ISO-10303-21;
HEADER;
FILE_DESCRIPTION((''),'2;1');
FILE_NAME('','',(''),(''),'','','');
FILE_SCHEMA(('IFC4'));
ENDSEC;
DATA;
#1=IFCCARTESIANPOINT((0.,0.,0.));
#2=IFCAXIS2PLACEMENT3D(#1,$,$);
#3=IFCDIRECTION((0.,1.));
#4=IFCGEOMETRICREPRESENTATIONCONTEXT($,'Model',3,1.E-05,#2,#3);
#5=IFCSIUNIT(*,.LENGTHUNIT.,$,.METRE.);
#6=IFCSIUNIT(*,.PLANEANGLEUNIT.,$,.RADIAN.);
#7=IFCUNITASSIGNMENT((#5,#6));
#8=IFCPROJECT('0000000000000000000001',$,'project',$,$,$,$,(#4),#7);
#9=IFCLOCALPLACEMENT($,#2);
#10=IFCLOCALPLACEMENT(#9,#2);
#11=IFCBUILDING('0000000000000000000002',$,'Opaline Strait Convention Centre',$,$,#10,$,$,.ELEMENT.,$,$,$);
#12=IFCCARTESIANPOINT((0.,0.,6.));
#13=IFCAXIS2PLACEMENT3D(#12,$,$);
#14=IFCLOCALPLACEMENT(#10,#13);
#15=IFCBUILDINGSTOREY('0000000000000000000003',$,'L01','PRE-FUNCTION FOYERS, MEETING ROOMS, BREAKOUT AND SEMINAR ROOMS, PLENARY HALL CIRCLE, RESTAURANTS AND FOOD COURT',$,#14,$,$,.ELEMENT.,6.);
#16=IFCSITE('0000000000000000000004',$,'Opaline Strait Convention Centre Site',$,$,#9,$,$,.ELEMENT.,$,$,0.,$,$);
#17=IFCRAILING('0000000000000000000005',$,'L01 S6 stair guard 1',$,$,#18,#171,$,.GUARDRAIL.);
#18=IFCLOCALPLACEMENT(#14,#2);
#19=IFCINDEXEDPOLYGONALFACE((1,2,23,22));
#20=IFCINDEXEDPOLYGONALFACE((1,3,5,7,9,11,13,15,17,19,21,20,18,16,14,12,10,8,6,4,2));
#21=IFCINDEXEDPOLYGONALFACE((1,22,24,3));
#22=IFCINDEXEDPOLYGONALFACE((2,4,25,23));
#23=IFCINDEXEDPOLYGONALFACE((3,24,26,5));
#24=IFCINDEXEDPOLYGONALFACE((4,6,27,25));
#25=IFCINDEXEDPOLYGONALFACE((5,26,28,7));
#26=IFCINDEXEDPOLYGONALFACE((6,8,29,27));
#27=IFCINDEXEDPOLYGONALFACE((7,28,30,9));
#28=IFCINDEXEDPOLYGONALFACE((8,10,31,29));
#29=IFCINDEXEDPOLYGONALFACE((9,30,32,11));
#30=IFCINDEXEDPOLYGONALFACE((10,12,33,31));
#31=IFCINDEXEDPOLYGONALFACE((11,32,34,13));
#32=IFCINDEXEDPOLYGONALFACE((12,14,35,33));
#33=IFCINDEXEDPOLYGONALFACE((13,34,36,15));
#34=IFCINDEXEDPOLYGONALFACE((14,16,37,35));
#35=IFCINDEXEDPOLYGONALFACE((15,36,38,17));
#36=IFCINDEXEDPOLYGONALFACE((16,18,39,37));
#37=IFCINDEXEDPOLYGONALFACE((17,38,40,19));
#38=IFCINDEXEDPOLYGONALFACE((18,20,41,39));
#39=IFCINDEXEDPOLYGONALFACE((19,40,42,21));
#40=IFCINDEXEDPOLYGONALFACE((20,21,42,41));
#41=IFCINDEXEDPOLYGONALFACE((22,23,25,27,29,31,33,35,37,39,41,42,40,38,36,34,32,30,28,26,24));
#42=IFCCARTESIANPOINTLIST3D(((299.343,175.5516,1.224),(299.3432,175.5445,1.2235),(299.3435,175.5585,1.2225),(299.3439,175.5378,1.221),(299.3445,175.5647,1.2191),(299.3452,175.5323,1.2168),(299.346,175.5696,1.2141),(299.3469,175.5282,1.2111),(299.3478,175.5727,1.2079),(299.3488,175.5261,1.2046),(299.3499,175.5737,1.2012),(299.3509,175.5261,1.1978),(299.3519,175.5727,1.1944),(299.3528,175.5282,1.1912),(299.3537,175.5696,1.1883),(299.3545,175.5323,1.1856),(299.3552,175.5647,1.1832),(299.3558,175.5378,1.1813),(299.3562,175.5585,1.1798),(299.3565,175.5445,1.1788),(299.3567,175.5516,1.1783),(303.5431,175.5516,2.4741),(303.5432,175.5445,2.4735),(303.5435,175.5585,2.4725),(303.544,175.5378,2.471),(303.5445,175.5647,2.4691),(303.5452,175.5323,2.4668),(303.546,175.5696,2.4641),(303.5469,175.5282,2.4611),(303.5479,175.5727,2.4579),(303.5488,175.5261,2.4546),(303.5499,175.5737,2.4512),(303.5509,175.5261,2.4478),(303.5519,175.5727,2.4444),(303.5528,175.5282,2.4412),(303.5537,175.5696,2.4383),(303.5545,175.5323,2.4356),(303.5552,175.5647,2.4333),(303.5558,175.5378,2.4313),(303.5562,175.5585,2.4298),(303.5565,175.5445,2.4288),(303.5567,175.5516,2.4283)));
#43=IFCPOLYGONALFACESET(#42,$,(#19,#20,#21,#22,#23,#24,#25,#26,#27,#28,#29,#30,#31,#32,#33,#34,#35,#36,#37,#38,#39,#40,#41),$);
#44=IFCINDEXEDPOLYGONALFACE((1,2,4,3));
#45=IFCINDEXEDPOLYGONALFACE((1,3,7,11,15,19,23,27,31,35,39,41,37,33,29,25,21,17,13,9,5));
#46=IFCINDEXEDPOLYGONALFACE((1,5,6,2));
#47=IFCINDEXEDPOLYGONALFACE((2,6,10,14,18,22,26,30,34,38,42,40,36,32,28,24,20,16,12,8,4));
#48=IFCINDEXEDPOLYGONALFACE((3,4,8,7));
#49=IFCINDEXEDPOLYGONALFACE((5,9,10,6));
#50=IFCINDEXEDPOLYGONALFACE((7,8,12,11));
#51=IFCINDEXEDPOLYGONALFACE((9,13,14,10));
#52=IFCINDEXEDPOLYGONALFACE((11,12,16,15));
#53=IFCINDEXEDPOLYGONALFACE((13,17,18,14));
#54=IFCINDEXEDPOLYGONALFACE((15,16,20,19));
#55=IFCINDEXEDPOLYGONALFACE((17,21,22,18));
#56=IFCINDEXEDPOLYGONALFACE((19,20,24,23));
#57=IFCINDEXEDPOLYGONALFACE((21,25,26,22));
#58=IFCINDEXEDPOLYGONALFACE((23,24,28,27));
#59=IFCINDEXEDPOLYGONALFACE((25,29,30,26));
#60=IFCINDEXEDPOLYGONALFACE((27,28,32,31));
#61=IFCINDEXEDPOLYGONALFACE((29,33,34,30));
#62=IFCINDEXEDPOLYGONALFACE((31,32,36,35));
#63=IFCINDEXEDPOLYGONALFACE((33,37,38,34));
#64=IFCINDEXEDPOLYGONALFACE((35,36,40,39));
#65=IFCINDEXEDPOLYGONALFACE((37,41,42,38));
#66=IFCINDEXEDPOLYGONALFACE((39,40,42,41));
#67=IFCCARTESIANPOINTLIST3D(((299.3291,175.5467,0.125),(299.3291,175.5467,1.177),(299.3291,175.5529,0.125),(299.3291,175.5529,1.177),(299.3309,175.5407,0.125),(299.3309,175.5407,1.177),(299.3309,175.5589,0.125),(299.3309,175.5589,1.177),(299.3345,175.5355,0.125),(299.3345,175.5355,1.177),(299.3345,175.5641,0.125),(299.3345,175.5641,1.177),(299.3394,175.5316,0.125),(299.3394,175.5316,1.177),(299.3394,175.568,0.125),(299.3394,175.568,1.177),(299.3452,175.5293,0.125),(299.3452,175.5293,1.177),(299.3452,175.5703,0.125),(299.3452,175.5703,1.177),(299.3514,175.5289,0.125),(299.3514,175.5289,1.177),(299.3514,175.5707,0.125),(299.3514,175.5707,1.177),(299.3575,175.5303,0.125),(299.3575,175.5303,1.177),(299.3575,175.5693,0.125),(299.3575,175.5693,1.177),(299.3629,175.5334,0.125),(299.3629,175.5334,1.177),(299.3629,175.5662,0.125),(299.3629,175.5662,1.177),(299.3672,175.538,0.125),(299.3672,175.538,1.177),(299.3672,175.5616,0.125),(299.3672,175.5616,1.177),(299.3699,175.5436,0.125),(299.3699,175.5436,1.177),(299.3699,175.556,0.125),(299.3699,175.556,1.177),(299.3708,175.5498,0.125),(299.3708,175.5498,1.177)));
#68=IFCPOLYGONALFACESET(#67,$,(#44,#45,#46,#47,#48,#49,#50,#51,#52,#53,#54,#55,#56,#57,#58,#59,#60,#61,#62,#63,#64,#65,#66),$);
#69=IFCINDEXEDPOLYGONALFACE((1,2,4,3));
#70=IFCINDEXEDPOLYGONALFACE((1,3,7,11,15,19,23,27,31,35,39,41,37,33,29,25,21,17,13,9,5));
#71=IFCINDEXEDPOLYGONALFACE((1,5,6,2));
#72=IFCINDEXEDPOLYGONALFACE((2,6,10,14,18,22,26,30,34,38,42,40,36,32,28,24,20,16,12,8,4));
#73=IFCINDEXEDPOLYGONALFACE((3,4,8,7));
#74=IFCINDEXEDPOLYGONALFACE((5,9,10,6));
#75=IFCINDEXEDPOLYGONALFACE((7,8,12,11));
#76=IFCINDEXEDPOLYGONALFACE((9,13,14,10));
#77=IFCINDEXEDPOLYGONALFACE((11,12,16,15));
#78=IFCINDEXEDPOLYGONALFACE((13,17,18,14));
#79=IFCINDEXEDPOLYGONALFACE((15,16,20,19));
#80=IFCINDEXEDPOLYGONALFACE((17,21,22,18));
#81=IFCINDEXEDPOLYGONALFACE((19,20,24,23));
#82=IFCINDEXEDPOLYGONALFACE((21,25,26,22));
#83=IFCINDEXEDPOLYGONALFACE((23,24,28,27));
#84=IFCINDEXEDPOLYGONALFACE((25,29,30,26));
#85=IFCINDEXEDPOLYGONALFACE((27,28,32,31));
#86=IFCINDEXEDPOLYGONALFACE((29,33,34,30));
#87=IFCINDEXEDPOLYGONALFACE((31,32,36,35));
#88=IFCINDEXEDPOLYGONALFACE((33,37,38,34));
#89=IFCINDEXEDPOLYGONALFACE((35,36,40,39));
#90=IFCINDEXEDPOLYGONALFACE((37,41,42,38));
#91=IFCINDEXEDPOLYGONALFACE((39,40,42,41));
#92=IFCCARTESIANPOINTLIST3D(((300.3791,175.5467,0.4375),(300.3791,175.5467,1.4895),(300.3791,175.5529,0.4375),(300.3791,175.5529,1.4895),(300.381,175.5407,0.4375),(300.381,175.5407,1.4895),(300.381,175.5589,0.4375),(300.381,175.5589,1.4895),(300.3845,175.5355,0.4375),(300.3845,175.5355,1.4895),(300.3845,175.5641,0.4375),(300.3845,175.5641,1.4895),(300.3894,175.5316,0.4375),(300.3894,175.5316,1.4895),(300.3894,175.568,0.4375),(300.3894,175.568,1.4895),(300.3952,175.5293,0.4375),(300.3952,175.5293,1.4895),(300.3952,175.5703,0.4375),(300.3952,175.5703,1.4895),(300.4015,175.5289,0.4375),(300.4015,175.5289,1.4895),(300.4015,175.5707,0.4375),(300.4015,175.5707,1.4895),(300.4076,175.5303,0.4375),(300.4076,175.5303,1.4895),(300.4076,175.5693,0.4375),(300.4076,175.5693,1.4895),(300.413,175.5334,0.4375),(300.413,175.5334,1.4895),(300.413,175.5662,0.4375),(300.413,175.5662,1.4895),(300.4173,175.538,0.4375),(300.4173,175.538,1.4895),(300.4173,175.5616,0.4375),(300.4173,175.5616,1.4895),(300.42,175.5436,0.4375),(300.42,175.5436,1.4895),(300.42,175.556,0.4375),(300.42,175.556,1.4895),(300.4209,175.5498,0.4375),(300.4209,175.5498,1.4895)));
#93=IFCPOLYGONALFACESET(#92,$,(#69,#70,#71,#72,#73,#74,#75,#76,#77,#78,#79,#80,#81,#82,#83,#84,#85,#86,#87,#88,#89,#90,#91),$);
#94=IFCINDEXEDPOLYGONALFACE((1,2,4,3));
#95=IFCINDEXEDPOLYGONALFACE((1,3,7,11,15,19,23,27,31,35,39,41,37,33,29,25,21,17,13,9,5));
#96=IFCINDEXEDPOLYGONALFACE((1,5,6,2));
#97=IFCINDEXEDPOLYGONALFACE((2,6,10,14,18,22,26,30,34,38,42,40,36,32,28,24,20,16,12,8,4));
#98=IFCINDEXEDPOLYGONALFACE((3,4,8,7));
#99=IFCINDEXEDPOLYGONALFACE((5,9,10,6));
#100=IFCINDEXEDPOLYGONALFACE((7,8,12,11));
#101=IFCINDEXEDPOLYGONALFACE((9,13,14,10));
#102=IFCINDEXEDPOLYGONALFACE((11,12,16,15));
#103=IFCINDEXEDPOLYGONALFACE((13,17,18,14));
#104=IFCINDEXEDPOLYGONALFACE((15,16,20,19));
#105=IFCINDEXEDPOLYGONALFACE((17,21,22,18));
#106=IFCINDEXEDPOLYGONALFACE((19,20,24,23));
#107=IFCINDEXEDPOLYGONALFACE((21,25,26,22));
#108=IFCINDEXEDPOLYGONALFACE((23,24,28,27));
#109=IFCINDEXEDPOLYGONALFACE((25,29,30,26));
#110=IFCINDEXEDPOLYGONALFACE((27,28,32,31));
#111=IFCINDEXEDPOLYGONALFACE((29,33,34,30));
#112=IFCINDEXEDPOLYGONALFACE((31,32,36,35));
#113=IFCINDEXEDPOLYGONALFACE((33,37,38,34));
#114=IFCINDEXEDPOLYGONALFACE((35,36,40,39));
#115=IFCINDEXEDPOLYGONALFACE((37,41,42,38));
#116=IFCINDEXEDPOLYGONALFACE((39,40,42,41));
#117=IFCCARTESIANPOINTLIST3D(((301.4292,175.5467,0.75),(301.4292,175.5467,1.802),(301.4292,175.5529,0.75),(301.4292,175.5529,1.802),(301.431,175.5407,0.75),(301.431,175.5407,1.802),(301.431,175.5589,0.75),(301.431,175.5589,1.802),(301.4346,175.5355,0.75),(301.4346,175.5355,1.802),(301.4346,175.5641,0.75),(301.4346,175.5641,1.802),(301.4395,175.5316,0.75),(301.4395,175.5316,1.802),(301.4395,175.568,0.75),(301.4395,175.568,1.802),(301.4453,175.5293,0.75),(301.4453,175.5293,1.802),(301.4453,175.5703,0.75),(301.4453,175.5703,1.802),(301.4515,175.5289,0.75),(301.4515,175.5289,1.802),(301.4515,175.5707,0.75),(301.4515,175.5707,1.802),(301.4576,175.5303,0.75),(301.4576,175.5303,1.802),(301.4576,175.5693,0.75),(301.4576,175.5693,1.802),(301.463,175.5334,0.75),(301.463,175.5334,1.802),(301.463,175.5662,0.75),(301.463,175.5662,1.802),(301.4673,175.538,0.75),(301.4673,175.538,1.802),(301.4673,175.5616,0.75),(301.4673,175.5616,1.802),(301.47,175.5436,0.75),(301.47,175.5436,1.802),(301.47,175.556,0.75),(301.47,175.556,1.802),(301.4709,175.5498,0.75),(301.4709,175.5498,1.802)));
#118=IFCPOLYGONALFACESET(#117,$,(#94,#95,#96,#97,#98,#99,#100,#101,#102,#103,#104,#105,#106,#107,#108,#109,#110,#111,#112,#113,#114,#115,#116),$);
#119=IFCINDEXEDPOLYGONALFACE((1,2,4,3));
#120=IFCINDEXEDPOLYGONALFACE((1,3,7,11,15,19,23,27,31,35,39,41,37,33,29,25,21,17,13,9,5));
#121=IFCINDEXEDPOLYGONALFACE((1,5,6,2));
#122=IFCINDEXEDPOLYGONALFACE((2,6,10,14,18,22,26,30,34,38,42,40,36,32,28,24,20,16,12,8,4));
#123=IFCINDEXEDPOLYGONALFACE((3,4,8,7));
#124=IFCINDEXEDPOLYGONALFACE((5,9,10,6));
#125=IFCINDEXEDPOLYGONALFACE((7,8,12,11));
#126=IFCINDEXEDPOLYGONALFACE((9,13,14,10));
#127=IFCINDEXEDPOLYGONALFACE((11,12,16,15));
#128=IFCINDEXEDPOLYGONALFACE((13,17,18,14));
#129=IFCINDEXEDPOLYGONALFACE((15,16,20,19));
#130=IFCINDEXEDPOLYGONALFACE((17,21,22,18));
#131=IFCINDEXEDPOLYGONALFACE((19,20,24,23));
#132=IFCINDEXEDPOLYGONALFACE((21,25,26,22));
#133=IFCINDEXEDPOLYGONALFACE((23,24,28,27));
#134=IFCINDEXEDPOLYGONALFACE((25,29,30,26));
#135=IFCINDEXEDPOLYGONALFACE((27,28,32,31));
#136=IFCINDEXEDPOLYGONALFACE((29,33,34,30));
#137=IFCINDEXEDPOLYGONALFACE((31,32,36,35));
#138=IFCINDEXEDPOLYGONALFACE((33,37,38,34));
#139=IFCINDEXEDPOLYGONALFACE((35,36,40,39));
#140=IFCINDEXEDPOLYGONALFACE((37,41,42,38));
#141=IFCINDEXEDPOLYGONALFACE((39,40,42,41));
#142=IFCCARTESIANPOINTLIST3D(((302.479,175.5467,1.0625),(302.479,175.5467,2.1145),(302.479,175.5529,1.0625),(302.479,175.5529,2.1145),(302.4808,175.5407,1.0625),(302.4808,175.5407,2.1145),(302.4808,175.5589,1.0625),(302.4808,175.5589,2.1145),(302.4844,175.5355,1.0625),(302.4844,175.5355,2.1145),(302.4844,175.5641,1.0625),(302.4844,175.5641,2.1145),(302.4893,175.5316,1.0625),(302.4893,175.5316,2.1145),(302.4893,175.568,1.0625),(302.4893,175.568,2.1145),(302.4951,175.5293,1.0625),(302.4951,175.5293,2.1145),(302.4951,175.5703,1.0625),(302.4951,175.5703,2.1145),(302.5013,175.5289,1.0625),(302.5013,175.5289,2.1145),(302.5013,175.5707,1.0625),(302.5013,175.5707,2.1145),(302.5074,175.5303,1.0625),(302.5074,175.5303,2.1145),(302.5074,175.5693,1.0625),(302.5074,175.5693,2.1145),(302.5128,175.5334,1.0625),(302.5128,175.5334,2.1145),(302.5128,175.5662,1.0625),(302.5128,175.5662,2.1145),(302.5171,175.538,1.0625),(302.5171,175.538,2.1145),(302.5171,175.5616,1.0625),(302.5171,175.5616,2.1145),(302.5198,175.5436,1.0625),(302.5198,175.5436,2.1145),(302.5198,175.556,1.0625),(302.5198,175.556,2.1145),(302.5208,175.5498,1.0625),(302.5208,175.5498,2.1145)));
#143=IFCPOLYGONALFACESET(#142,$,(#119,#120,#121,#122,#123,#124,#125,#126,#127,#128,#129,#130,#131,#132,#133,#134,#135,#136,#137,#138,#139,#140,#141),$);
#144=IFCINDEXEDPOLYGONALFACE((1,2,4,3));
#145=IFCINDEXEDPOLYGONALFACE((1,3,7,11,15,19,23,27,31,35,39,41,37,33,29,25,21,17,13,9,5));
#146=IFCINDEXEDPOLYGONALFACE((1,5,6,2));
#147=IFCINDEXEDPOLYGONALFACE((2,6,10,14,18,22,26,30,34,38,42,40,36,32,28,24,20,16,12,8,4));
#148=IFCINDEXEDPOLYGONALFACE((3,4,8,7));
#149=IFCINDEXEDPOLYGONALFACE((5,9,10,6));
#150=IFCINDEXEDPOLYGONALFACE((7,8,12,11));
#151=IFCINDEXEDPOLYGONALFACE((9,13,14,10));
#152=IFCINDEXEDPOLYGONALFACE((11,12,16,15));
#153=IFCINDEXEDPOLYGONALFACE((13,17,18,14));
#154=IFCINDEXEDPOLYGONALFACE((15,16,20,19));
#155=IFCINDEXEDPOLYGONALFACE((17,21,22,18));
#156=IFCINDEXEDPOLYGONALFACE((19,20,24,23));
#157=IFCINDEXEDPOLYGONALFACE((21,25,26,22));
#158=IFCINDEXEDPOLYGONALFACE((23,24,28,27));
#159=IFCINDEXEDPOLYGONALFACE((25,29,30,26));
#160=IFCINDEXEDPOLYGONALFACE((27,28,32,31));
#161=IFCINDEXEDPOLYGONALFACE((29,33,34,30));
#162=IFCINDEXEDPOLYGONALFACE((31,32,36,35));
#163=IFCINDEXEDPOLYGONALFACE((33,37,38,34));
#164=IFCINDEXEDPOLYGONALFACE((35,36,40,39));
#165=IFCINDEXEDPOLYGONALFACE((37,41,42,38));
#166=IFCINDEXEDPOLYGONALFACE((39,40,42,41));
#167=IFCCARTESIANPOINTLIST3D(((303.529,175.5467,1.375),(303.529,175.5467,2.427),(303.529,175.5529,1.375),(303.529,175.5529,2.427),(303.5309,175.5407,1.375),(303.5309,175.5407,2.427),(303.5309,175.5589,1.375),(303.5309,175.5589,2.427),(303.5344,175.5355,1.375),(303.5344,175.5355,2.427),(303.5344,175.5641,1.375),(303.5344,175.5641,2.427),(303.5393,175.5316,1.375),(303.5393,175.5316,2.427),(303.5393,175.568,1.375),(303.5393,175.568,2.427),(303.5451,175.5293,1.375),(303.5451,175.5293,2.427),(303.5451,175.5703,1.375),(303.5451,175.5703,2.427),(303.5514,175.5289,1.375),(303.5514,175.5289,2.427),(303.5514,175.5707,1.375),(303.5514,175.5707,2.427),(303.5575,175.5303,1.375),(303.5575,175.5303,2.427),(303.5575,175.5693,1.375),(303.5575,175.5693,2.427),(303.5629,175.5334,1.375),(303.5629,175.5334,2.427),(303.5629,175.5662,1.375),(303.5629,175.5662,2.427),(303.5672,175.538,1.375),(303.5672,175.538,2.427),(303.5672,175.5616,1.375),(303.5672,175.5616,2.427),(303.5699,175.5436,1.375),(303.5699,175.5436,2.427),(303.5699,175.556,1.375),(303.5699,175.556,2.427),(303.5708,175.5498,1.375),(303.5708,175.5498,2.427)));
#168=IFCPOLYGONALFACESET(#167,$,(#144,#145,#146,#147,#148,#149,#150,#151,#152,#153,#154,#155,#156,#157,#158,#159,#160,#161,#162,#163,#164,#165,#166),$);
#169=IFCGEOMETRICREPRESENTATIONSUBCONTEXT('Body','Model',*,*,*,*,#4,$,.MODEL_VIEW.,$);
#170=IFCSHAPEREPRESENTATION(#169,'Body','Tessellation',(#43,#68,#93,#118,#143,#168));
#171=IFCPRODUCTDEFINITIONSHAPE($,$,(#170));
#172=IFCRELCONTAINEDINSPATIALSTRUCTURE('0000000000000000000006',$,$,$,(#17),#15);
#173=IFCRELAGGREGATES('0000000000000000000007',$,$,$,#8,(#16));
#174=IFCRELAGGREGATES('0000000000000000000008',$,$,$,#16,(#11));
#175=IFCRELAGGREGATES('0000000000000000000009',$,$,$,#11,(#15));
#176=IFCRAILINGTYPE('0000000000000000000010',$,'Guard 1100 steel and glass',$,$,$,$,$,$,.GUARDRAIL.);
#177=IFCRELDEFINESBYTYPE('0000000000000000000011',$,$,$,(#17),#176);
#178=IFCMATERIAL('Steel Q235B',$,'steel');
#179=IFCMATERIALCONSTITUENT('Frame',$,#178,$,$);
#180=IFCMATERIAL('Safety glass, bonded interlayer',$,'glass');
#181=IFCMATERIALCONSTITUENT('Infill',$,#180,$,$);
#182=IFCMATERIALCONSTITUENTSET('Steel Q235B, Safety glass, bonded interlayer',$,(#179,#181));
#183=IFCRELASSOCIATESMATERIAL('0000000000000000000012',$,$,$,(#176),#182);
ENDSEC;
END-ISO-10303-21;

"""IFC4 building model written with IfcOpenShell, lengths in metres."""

from ifc_helpers import new_model, si_unit, direction, frame, origin, origin_2d, place, context, subcontext, project, spatial, circle, extrude, material, constituent, constituent_set, type_object, element, save


model = new_model("IFC4")

# Units and contexts
model_context = context("Model", 3, precision=1e-05, world=origin(), true_north=direction((0.0, 1.0)))
body_context = subcontext(model_context, "Body", "Model", "MODEL_VIEW")
ifc_project = project(units=[si_unit("LENGTHUNIT", "METRE"), si_unit("PLANEANGLEUNIT", "RADIAN")], contexts=[model_context])

# Site, building, storey
site_placement = place(None, origin())
site = spatial("IfcSite", under=ifc_project, at=site_placement, Name="Opaline Strait Convention Centre Site", CompositionType="ELEMENT", RefElevation=0.0)
building_placement = place(site_placement, origin())
building = spatial("IfcBuilding", under=site, at=building_placement, Name="Opaline Strait Convention Centre", CompositionType="ELEMENT")
storey_placement = place(building_placement, frame((0.0, 0.0, 6.0)))
storey = spatial("IfcBuildingStorey", under=building, at=storey_placement, Name="L01", Description="PRE-FUNCTION FOYERS, MEETING ROOMS, BREAKOUT AND SEMINAR ROOMS, PLENARY HALL CIRCLE, RESTAURANTS AND FOOD COURT", CompositionType="ELEMENT", Elevation=6.0)

# Railing
ifc_material_1 = material(Name="Steel Q235B", Category="steel")
ifc_constituent_1 = constituent(ifc_material_1, Name="Frame")
ifc_material_2 = material(Name="Safety glass, bonded interlayer", Category="glass")
ifc_constituent_2 = constituent(ifc_material_2, Name="Infill")
ifc_constituent_set = constituent_set(constituents=[ifc_constituent_1, ifc_constituent_2], Name="Steel Q235B, Safety glass, bonded interlayer")
railing_type_1 = type_object("IfcRailingType", Name="Guard 1100 steel and glass", PredefinedType="GUARDRAIL", material=ifc_constituent_set)
railing_1_placement = place(storey_placement, frame((299.3499, 175.5498, 0.125)))
element("IfcRailing", 1, at=railing_1_placement, inside=storey, type_object=railing_type_1, Name="L01 S6 stair guard 1", PredefinedType="GUARDRAIL", context=body_context, shape_type="SweptSolid", body=[
    extrude(circle(Radius=0.0239, at=origin_2d()), frame((0.0, 0.0, 1.0762), z_axis=(0.958451, 0.0, 0.285257), x_axis=(0.0, 1.0, 0.0)), (0.0, 0.0, 1.0), 4.3821),
    extrude(circle(Radius=0.021, at=origin_2d()), origin(), (0.0, 0.0, 1.0), 1.052),
    extrude(circle(Radius=0.021, at=origin_2d()), frame((1.05, 0.0, 0.3125)), (0.0, 0.0, 1.0), 1.052),
    extrude(circle(Radius=0.021, at=origin_2d()), frame((2.1001, 0.0, 0.625)), (0.0, 0.0, 1.0), 1.052),
    extrude(circle(Radius=0.021, at=origin_2d()), frame((3.1499, 0.0, 0.9375)), (0.0, 0.0, 1.0), 1.052),
    extrude(circle(Radius=0.021, at=origin_2d()), frame((4.2, 0.0, 1.25)), (0.0, 0.0, 1.0), 1.052),
])

save(model, "model.ifc")
